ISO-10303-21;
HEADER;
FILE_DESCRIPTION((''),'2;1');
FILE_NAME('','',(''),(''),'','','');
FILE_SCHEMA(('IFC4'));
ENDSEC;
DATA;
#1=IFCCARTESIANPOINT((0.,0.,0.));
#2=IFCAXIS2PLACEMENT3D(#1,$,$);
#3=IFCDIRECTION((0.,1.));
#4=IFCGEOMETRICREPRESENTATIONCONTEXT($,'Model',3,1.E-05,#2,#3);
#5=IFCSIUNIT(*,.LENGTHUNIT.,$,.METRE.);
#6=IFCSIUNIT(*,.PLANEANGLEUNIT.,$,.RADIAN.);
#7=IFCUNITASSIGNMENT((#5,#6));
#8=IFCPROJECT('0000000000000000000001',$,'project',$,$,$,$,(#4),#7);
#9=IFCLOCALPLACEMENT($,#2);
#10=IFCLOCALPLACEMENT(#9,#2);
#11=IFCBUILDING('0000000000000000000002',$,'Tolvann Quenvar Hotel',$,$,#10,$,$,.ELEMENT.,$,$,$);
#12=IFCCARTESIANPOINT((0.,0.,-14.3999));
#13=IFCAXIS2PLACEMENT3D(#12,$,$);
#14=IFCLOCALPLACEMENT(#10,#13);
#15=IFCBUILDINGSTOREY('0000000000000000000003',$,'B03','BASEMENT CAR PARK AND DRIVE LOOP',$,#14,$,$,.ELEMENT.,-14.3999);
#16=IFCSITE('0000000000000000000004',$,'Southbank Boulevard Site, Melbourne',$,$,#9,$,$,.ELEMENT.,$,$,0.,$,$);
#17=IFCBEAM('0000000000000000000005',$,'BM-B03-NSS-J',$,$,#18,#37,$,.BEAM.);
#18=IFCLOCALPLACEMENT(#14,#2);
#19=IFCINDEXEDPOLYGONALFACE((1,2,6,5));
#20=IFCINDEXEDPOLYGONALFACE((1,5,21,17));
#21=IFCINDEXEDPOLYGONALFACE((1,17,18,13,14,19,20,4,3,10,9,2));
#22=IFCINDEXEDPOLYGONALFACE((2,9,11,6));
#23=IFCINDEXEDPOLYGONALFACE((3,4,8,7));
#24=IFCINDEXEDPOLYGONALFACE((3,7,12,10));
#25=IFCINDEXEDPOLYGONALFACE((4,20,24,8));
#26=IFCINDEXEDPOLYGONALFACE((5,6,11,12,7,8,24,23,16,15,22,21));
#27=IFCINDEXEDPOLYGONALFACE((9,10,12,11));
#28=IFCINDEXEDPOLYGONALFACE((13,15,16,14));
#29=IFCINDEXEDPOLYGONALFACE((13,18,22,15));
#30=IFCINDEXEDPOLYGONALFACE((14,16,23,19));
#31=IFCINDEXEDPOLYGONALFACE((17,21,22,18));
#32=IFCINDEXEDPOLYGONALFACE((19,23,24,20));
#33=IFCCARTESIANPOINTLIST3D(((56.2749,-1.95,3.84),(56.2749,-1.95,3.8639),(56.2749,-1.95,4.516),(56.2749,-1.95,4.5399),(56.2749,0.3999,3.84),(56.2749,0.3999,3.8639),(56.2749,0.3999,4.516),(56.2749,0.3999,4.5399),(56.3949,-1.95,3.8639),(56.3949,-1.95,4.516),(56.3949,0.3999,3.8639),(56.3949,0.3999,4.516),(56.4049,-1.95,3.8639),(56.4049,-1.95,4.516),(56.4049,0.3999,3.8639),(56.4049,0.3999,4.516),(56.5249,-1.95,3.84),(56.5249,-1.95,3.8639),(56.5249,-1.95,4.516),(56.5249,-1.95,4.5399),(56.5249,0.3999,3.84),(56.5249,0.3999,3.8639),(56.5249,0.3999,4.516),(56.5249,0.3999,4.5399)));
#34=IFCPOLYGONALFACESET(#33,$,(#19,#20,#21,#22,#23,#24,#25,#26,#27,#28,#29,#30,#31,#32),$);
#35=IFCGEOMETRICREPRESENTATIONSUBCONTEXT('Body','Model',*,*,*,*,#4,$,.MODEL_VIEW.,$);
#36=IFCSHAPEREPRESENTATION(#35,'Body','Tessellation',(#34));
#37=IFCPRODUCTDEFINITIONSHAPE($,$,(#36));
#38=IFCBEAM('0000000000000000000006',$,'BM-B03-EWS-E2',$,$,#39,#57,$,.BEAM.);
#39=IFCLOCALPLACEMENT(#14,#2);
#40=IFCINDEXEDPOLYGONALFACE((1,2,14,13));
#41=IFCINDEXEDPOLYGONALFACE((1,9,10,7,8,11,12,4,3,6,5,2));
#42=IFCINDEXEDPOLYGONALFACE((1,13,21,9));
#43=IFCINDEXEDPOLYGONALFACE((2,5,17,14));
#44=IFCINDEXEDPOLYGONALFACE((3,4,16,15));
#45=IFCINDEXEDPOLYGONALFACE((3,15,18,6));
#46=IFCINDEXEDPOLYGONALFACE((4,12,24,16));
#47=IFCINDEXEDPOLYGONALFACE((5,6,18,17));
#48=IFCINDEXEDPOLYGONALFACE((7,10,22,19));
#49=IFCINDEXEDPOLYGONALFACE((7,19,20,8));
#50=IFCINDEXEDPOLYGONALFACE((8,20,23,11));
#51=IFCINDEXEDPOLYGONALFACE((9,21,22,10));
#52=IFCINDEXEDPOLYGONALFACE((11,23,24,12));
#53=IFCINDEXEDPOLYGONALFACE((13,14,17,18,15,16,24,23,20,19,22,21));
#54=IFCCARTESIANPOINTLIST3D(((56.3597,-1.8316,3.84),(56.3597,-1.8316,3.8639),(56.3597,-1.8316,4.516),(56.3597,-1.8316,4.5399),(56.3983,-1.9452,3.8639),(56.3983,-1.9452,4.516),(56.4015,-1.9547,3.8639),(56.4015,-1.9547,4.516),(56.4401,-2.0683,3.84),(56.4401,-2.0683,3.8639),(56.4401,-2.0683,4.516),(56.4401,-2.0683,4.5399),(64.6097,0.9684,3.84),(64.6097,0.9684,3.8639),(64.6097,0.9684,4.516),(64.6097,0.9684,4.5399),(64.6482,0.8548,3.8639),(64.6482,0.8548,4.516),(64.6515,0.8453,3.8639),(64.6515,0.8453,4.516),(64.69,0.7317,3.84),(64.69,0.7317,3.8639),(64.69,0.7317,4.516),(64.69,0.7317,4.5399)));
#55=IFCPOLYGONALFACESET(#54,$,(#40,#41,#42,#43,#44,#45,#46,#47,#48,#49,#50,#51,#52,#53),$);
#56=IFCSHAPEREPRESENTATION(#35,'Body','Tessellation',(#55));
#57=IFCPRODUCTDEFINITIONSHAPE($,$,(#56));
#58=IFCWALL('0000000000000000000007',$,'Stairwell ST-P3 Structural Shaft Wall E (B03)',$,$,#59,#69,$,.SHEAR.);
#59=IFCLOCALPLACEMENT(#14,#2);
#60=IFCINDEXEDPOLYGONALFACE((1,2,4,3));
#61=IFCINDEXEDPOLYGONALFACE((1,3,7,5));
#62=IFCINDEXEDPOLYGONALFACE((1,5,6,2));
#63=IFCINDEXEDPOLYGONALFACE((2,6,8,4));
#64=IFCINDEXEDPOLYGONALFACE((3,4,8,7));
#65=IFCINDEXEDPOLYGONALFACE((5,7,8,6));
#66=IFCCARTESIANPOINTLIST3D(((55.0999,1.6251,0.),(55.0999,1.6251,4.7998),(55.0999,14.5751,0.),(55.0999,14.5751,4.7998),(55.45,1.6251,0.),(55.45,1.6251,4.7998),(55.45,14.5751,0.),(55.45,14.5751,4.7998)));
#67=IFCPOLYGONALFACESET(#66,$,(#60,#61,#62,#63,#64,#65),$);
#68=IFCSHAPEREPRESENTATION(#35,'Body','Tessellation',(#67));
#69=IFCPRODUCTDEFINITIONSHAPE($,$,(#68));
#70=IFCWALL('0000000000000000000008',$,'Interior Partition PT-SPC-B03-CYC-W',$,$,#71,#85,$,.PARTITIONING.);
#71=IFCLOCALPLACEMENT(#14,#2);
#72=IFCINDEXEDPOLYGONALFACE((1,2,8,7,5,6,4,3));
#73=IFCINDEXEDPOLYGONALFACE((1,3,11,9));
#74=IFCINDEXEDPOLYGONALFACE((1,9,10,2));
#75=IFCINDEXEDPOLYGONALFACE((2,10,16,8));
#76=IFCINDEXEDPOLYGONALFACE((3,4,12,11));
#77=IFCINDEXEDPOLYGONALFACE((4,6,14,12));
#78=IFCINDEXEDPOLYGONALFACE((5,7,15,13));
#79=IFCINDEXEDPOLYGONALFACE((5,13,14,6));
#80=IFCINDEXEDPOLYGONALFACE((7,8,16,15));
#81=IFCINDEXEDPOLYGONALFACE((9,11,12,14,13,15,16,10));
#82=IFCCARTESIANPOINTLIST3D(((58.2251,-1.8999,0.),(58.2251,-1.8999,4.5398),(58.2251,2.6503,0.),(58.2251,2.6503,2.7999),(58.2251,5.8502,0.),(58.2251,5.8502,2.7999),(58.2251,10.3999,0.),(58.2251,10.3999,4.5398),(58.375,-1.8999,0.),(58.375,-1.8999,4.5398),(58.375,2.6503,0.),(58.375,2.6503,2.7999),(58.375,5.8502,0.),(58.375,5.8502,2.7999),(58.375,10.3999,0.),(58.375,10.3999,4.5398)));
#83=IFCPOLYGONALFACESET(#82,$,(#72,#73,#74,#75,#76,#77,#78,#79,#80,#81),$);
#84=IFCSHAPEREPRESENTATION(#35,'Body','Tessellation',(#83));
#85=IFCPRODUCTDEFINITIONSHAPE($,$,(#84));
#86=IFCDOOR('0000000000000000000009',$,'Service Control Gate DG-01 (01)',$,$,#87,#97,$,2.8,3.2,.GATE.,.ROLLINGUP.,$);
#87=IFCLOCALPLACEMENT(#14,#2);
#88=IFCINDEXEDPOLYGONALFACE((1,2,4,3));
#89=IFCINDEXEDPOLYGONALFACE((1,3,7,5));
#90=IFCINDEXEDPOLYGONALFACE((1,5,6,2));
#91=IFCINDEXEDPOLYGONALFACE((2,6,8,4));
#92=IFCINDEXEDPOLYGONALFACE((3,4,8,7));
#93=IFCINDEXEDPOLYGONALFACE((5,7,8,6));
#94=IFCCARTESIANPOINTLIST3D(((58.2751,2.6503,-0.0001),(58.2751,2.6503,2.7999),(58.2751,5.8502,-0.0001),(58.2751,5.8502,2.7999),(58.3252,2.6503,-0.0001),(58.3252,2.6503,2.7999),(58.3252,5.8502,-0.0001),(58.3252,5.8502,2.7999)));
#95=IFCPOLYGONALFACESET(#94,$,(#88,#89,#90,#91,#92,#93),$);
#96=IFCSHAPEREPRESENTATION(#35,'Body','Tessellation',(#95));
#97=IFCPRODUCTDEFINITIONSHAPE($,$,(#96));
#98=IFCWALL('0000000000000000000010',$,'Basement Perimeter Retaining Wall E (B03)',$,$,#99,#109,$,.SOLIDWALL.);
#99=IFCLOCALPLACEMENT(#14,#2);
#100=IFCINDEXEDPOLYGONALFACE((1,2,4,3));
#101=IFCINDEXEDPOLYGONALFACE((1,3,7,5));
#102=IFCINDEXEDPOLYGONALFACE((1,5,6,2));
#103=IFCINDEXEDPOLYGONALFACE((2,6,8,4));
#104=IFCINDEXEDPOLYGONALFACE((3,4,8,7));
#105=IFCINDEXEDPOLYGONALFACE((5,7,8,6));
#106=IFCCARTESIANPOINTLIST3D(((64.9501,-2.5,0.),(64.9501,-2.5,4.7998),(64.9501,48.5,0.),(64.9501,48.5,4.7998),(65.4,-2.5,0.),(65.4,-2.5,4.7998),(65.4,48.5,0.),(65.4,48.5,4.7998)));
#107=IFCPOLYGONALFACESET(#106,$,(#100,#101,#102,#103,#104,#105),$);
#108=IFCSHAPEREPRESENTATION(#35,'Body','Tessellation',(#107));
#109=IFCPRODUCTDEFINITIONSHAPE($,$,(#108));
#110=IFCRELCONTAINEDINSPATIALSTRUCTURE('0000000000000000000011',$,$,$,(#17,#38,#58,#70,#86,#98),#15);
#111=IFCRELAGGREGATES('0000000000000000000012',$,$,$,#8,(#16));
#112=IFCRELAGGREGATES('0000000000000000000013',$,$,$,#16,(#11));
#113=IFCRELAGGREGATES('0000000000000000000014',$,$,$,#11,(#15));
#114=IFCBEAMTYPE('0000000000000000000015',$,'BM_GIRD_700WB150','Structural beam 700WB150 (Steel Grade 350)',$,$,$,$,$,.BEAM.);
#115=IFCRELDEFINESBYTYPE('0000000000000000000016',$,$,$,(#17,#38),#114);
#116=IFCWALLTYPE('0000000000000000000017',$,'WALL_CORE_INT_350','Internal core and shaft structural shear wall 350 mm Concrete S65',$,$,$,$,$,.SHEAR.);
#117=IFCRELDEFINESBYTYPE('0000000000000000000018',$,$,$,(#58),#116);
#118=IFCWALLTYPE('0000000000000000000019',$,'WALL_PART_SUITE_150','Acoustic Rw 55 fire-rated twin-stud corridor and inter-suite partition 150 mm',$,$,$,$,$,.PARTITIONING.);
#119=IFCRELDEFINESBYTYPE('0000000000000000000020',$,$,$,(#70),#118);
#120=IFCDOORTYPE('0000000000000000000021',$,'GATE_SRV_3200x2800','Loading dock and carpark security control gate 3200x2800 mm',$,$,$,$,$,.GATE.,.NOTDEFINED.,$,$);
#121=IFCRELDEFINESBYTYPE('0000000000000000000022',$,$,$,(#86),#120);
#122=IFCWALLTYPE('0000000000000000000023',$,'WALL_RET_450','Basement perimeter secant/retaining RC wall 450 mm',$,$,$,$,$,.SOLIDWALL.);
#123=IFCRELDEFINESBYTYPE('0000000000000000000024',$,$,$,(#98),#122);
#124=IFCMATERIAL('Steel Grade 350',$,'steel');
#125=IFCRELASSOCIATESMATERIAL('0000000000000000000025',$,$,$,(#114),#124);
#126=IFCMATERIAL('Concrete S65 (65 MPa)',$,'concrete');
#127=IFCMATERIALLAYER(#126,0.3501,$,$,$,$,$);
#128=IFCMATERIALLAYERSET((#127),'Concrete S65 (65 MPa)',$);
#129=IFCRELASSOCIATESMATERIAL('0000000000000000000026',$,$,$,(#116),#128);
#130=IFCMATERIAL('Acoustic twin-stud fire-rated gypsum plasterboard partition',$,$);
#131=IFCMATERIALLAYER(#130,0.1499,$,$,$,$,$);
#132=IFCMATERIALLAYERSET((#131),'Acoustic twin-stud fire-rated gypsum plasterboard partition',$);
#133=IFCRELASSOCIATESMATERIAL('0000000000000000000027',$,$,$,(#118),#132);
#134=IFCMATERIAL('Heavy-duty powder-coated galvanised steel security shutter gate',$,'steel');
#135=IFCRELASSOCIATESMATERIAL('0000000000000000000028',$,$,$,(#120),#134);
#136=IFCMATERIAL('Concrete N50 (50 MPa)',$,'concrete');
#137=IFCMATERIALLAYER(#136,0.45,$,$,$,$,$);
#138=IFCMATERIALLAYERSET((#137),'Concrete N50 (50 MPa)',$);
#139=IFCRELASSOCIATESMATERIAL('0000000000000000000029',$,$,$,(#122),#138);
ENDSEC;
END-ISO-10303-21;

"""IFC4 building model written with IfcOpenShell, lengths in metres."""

from ifc_helpers import new_model, si_unit, direction, frame, frame_2d, origin, origin_2d, place, context, subcontext, project, spatial, rectangle, i_section, extrude, source, transform, mapped, material, layer, layer_set, material_profile, profile_set, type_object, type_shapes, element, fill, save


model = new_model("IFC4")

# Units and contexts
model_context = context("Model", 3, precision=1e-05, world=origin(), true_north=direction((0.0, 1.0)))
body_context = subcontext(model_context, "Body", "Model", "MODEL_VIEW")
ifc_project = project(units=[si_unit("LENGTHUNIT", "METRE"), si_unit("PLANEANGLEUNIT", "RADIAN")], contexts=[model_context])

# Site, building, storey
site_placement = place(None, origin())
site = spatial("IfcSite", under=ifc_project, at=site_placement, Name="Southbank Boulevard Site, Melbourne", CompositionType="ELEMENT", RefElevation=0.0)
building_placement = place(site_placement, origin())
building = spatial("IfcBuilding", under=site, at=building_placement, Name="Tolvann Quenvar Hotel", CompositionType="ELEMENT")
storey_placement = place(building_placement, frame((0.0, 0.0, -14.3999)))
storey = spatial("IfcBuildingStorey", under=building, at=storey_placement, Name="B03", Description="BASEMENT CAR PARK AND DRIVE LOOP", CompositionType="ELEMENT", Elevation=-14.3999)

# Shared definitions
ifc_material_1 = material(Name="Concrete N50 (50 MPa)", Category="concrete")
ifc_material_2 = material(Name="Concrete S65 (65 MPa)", Category="concrete")

# Beams
ifc_material_3 = material(Name="Steel Grade 350", Category="steel")
ifc_material_profile_1 = material_profile(ifc_material_3, i_section(OverallWidth=0.25, OverallDepth=0.7, WebThickness=0.01, FlangeThickness=0.0239, at=origin_2d()), Name="700WB150")
ifc_profile_set_1 = profile_set([ifc_material_profile_1], Name="Steel Grade 350")
beam_type_1 = type_object("IfcBeamType", Name="BM_GIRD_700WB150", Description="Structural beam 700WB150 (Steel Grade 350)", PredefinedType="BEAM", material=ifc_profile_set_1)
shared_shape_1 = source(origin(), body_context, "Body", "SweptSolid", [
    extrude(i_section(OverallWidth=0.25, OverallDepth=0.7, WebThickness=0.01, FlangeThickness=0.0239, at=origin_2d()), origin(), (0.0, 0.0, 1.0), 2.3499),
])
beam_1_placement = place(storey_placement, frame((56.3999, -1.95, 4.1899), z_axis=(0.0, 1.0, 0.0), x_axis=(-1.0, 0.0, 0.0)))
element("IfcBeam", 1, at=beam_1_placement, inside=storey, type_object=beam_type_1, Name="BM-B03-NSS-J", PredefinedType="BEAM", context=body_context, shape_type="MappedRepresentation", body=[
    mapped(shared_shape_1, transform((0.0, 0.0, 0.0), x_axis=(1.0, 0.0, 0.0), y_axis=(0.0, 1.0, 0.0), z_axis=(0.0, 0.0, 1.0), scale=1.0)),
])
shared_shape_2 = source(origin(), body_context, "Body", "SweptSolid", [
    extrude(i_section(OverallWidth=0.25, OverallDepth=0.7, WebThickness=0.01, FlangeThickness=0.0239, at=origin_2d()), origin(), (0.0, 0.0, 1.0), 8.7122),
])
beam_2_placement = place(storey_placement, frame((56.3999, -1.95, 4.1899), z_axis=(0.946946, 0.321393, 0.0), x_axis=(-0.321393, 0.946946, 0.0)))
element("IfcBeam", 2, at=beam_2_placement, inside=storey, type_object=beam_type_1, Name="BM-B03-EWS-E2", PredefinedType="BEAM", context=body_context, shape_type="MappedRepresentation", body=[
    mapped(shared_shape_2, transform((0.0, 0.0, 0.0), x_axis=(1.0, 0.0, 0.0), y_axis=(0.0, 1.0, 0.0), z_axis=(0.0, 0.0, 1.0), scale=1.0)),
])

# Wall
ifc_layer_1 = layer(ifc_material_2, 0.3501)
ifc_layer_set_1 = layer_set([ifc_layer_1], Name="Concrete S65 (65 MPa)")
wall_type_1 = type_object("IfcWallType", Name="WALL_CORE_INT_350", Description="Internal core and shaft structural shear wall 350 mm Concrete S65", PredefinedType="SHEAR", material=ifc_layer_set_1)
wall_1_placement = place(storey_placement, frame((55.2749, 1.625, 0.0), z_axis=(0.0, 0.0, 1.0), x_axis=(0.0, 1.0, 0.0)))
element("IfcWall", 3, at=wall_1_placement, inside=storey, type_object=wall_type_1, Name="Stairwell ST-P3 Structural Shaft Wall E (B03)", PredefinedType="SHEAR", context=body_context, shape_type="SweptSolid", body=[
    extrude(rectangle(XDim=12.95, YDim=0.3501, at=frame_2d((6.4751, 0.0))), origin(), (0.0, 0.0, 1.0), 4.7998),
])

# Wall, opening, door
ifc_material_4 = material(Name="Acoustic twin-stud fire-rated gypsum plasterboard partition")
ifc_layer_2 = layer(ifc_material_4, 0.1499)
ifc_layer_set_2 = layer_set([ifc_layer_2], Name="Acoustic twin-stud fire-rated gypsum plasterboard partition")
wall_type_2 = type_object("IfcWallType", Name="WALL_PART_SUITE_150", Description="Acoustic Rw 55 fire-rated twin-stud corridor and inter-suite partition 150 mm", PredefinedType="PARTITIONING", material=ifc_layer_set_2)
wall_2_placement = place(storey_placement, frame((58.3, -1.8999, 0.0), z_axis=(0.0, 0.0, 1.0), x_axis=(0.0, 1.0, 0.0)))
wall_2 = element("IfcWall", 4, at=wall_2_placement, inside=storey, type_object=wall_type_2, Name="Interior Partition PT-SPC-B03-CYC-W", PredefinedType="PARTITIONING", context=body_context, shape_type="SweptSolid", body=[
    extrude(rectangle(XDim=12.2998, YDim=0.1499, at=frame_2d((6.1499, 0.0))), origin(), (0.0, 0.0, 1.0), 4.5398),
])
opening_placement = place(wall_2_placement, frame((4.55, 0.0, 0.0)))
opening = element("IfcOpeningElement", 5, at=opening_placement, cuts=wall_2, PredefinedType="OPENING", context=body_context, shape_type="SweptSolid", body=[
    extrude(rectangle(XDim=3.2, YDim=2.8, at=frame_2d((1.6001, 1.3999))), frame((0.0, 0.085, 0.0), z_axis=(0.0, -1.0, 0.0), x_axis=(1.0, 0.0, 0.0)), (0.0, 0.0, 1.0), 0.1699),
])
ifc_material_5 = material(Name="Heavy-duty powder-coated galvanised steel security shutter gate", Category="steel")
door_type = type_object("IfcDoorType", Name="GATE_SRV_3200x2800", Description="Loading dock and carpark security control gate 3200x2800 mm", OperationType="NOTDEFINED", PredefinedType="GATE", material=ifc_material_5)
shared_shape_3 = source(origin(), body_context, "Body", "SweptSolid", [
    extrude(rectangle(XDim=3.2, YDim=2.8, at=frame_2d((1.6001, 1.3999))), frame((0.0, 0.0249, 0.0), z_axis=(0.0, -1.0, 0.0), x_axis=(1.0, 0.0, 0.0)), (0.0, 0.0, 1.0), 0.05),
])
type_shapes(door_type, [shared_shape_3])
door_placement = place(opening_placement, origin())
door = element("IfcDoor", 6, at=door_placement, inside=storey, type_object=door_type, Name="Service Control Gate DG-01 (01)", OperationType="ROLLINGUP", OverallHeight=2.8, OverallWidth=3.2, PredefinedType="GATE", context=body_context, shape_type="MappedRepresentation", body=[
    mapped(shared_shape_3, transform((0.0, 0.0, 0.0), x_axis=(1.0, 0.0, 0.0), y_axis=(0.0, 1.0, 0.0), z_axis=(0.0, 0.0, 1.0), scale=1.0)),
])
fill(opening, door)

# Wall
ifc_layer_3 = layer(ifc_material_1, 0.45)
ifc_layer_set_3 = layer_set([ifc_layer_3], Name="Concrete N50 (50 MPa)")
wall_type_3 = type_object("IfcWallType", Name="WALL_RET_450", Description="Basement perimeter secant/retaining RC wall 450 mm", PredefinedType="SOLIDWALL", material=ifc_layer_set_3)
wall_3_placement = place(storey_placement, frame((65.175, -2.5, 0.0), z_axis=(0.0, 0.0, 1.0), x_axis=(0.0, 1.0, 0.0)))
element("IfcWall", 7, at=wall_3_placement, inside=storey, type_object=wall_type_3, Name="Basement Perimeter Retaining Wall E (B03)", PredefinedType="SOLIDWALL", context=body_context, shape_type="SweptSolid", body=[
    extrude(rectangle(XDim=51.0, YDim=0.45, at=frame_2d((25.5, 0.0))), origin(), (0.0, 0.0, 1.0), 4.7998),
])

save(model, "model.ifc")
